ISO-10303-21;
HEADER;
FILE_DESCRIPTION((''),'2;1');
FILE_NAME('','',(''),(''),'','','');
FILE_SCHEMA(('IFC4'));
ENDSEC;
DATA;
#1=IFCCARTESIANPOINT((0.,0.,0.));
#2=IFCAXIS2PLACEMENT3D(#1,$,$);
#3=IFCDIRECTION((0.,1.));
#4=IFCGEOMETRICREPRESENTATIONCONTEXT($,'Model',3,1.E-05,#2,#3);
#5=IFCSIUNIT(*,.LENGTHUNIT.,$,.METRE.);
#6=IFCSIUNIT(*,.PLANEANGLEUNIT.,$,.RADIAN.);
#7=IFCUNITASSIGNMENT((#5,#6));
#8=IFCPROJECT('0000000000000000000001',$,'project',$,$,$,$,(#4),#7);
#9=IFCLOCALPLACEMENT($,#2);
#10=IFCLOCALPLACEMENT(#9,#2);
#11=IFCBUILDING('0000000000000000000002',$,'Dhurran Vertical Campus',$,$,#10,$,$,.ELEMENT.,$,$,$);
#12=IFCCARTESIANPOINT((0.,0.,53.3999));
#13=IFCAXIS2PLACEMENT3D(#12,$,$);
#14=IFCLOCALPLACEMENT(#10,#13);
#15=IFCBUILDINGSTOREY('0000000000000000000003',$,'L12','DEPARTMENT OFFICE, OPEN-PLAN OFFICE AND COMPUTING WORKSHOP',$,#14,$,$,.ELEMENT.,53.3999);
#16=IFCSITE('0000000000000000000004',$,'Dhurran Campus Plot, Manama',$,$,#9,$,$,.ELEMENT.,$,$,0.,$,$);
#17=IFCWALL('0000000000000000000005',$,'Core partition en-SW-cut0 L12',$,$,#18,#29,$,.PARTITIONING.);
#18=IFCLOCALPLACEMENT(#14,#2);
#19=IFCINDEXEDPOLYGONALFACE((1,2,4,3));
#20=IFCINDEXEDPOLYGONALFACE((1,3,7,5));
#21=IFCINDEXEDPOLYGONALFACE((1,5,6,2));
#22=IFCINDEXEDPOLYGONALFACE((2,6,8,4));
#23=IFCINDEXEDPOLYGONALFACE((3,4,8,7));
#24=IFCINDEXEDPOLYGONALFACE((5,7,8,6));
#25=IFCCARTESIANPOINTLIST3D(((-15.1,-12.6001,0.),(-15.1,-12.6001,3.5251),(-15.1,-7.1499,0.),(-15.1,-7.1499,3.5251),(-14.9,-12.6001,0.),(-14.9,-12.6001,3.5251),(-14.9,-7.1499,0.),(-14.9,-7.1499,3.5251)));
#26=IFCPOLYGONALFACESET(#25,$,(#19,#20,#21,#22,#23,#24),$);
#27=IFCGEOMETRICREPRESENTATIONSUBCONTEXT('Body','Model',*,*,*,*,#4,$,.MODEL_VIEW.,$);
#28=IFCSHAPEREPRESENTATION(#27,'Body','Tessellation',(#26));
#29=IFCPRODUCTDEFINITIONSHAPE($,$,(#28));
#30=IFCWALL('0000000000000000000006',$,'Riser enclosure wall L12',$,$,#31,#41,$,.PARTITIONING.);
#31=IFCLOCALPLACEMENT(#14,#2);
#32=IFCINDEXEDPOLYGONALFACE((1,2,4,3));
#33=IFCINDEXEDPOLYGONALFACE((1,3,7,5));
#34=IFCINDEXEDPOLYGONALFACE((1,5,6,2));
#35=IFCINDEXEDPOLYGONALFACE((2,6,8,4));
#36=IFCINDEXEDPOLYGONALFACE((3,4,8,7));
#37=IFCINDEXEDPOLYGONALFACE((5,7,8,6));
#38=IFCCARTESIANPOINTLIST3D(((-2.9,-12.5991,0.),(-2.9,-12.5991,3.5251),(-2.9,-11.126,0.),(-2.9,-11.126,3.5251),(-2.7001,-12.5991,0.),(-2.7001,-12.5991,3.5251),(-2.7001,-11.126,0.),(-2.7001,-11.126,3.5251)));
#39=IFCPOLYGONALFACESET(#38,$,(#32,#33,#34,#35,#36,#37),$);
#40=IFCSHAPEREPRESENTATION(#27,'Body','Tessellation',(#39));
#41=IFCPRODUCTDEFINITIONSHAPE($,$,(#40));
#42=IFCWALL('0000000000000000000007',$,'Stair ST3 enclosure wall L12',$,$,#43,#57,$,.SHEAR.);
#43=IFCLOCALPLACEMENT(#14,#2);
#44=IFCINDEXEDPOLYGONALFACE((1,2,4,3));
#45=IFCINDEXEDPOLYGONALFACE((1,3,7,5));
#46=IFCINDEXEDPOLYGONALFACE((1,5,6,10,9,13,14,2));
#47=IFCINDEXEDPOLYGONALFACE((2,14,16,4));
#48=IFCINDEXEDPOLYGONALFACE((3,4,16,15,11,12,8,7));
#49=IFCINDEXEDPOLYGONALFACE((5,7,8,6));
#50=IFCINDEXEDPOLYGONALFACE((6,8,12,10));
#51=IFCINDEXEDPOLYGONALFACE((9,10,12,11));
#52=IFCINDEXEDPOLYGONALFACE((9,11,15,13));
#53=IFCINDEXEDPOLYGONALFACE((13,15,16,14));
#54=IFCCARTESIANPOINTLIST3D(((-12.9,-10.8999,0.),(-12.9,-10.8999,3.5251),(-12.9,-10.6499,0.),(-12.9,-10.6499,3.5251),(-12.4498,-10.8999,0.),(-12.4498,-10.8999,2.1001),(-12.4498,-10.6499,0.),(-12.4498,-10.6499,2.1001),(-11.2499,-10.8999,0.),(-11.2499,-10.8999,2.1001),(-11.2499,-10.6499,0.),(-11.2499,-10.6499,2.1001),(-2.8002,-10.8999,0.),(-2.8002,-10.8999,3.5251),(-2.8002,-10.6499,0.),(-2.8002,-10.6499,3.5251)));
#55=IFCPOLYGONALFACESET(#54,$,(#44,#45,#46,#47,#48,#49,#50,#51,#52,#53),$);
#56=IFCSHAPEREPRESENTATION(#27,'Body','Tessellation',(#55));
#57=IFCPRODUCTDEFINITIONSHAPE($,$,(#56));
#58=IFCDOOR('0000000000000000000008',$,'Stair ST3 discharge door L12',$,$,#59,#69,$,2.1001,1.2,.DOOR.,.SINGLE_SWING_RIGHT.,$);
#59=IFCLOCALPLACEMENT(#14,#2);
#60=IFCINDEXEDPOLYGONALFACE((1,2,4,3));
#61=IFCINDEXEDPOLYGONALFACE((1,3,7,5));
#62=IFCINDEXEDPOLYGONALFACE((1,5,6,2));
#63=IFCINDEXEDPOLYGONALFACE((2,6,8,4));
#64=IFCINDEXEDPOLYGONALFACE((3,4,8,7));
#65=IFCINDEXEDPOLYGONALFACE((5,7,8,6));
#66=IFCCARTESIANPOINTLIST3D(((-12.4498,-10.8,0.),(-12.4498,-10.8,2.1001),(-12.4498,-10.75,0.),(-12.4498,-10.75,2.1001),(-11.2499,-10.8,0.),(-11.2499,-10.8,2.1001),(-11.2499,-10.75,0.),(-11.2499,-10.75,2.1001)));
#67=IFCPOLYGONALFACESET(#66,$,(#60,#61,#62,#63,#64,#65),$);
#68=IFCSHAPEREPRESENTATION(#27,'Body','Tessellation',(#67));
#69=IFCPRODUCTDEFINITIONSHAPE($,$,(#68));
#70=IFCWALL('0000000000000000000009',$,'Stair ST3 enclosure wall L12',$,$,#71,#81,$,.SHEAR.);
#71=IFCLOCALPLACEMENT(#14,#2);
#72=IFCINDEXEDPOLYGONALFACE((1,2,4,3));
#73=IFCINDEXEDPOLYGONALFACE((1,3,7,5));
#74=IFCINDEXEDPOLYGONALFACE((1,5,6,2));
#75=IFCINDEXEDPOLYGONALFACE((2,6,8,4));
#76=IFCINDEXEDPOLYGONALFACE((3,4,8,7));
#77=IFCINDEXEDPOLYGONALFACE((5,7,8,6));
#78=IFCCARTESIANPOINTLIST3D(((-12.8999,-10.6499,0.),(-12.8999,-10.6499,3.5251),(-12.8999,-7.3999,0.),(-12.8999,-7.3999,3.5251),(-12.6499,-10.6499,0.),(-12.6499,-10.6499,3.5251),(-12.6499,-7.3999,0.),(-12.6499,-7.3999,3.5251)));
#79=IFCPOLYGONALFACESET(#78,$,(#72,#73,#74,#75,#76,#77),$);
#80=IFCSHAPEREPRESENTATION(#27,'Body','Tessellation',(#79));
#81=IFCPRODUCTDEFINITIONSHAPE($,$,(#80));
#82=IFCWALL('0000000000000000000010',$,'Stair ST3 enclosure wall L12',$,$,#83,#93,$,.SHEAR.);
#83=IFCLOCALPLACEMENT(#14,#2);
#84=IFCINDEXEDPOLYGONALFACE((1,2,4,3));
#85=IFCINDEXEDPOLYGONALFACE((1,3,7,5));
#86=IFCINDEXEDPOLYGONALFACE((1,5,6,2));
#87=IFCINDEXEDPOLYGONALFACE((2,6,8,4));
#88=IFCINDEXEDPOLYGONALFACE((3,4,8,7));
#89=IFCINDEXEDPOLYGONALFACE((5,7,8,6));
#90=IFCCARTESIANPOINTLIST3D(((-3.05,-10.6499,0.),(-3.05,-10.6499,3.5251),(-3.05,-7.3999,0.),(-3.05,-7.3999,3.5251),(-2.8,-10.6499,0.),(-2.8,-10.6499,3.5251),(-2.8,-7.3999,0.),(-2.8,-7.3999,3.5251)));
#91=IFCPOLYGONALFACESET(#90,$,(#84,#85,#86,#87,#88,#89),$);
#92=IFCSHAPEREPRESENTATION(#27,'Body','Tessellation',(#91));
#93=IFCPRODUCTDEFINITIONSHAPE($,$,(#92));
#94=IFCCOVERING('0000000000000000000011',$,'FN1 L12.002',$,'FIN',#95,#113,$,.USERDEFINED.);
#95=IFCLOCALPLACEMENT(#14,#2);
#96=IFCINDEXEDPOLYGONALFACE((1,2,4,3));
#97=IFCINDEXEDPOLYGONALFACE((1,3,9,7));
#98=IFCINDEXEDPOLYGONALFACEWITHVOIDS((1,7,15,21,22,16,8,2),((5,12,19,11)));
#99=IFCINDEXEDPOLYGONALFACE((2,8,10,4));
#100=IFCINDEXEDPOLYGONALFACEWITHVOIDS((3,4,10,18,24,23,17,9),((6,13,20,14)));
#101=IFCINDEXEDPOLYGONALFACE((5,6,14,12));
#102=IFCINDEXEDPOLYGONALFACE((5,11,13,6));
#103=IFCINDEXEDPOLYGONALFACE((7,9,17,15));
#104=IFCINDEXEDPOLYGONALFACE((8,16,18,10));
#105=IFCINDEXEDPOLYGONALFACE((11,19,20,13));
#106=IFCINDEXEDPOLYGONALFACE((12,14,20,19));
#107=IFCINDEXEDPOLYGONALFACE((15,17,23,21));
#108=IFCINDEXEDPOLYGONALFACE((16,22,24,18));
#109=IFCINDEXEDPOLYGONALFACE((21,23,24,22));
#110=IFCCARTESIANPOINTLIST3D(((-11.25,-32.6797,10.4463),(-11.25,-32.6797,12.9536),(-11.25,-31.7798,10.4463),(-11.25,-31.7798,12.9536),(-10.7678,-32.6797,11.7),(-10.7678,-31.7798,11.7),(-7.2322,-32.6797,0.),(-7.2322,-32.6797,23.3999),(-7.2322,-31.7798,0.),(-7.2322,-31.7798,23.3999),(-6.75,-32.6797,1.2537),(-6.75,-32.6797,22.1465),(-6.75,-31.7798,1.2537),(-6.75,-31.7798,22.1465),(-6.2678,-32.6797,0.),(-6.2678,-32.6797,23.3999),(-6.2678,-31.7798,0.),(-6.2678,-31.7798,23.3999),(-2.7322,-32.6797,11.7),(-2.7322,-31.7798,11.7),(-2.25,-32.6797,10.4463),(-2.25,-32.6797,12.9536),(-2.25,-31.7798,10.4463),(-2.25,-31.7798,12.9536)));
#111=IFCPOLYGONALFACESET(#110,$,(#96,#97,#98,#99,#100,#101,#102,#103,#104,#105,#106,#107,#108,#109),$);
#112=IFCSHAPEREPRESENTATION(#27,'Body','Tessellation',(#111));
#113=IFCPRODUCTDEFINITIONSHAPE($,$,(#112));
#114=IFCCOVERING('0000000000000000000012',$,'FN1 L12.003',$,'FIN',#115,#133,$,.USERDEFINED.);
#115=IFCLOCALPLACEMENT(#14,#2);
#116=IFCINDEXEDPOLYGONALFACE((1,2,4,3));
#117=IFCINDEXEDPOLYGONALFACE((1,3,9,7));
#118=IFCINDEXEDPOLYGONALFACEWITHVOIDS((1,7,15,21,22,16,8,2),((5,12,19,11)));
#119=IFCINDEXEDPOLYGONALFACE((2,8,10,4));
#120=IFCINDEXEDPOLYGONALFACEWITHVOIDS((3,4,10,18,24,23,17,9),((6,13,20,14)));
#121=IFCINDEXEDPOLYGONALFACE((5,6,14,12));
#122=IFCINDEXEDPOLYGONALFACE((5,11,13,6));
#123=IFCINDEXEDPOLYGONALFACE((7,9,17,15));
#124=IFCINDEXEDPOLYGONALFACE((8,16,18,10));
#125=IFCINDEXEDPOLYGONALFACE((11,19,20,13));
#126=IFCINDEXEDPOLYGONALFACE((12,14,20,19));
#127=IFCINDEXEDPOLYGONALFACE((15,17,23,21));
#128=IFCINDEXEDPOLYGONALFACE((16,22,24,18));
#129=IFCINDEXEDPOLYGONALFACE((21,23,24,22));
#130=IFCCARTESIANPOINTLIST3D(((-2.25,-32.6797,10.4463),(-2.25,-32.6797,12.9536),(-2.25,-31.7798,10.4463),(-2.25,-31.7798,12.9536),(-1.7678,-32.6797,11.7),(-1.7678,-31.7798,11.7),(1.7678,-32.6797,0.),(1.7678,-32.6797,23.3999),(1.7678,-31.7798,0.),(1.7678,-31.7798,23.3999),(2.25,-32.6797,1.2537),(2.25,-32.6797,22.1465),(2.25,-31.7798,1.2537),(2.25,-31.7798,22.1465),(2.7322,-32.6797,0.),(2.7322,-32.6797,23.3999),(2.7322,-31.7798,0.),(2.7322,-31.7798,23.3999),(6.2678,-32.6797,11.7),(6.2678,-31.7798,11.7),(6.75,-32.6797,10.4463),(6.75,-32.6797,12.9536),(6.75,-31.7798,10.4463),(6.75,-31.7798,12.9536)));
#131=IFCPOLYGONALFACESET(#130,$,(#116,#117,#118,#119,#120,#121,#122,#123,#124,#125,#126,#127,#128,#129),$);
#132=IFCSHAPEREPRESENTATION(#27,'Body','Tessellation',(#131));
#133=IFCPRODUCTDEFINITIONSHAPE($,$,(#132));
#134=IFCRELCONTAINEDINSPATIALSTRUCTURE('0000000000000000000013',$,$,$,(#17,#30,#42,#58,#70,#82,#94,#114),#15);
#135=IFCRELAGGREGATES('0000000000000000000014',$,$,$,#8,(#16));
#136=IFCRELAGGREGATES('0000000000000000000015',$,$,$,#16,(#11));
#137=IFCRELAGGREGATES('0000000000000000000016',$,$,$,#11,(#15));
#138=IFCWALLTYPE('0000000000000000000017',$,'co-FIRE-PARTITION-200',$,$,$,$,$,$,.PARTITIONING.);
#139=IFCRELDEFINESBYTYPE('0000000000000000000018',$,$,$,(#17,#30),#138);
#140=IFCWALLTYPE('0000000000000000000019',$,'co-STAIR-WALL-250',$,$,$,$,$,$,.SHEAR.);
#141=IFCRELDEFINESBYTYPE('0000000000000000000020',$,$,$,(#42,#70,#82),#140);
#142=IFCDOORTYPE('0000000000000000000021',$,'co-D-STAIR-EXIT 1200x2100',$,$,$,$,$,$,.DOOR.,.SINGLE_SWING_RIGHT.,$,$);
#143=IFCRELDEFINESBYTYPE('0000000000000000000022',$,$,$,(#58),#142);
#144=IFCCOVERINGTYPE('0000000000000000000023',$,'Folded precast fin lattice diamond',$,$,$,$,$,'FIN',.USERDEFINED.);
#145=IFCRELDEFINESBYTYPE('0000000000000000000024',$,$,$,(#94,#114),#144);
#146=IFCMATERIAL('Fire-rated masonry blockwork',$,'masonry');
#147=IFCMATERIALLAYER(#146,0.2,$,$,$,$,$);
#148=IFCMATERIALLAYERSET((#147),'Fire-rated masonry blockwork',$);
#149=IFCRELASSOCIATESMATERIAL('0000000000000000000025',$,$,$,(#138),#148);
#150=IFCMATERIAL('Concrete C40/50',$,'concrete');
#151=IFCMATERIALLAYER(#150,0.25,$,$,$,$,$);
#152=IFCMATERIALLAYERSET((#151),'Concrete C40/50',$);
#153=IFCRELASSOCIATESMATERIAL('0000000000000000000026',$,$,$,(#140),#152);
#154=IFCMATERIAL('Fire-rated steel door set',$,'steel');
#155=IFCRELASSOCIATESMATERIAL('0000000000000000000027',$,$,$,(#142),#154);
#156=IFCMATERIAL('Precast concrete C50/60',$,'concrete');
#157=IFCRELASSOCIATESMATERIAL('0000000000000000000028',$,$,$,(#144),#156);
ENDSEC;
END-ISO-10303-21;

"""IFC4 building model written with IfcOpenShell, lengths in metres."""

from ifc_helpers import new_model, si_unit, direction, frame, frame_2d, origin, place, context, subcontext, project, spatial, polyline, rectangle, outline, extrude, material, layer, layer_set, type_object, element, fill, save


model = new_model("IFC4")

# Units and contexts
model_context = context("Model", 3, precision=1e-05, world=origin(), true_north=direction((0.0, 1.0)))
body_context = subcontext(model_context, "Body", "Model", "MODEL_VIEW")
ifc_project = project(units=[si_unit("LENGTHUNIT", "METRE"), si_unit("PLANEANGLEUNIT", "RADIAN")], contexts=[model_context])

# Site, building, storey
site_placement = place(None, origin())
site = spatial("IfcSite", under=ifc_project, at=site_placement, Name="Dhurran Campus Plot, Manama", CompositionType="ELEMENT", RefElevation=0.0)
building_placement = place(site_placement, origin())
building = spatial("IfcBuilding", under=site, at=building_placement, Name="Dhurran Vertical Campus", CompositionType="ELEMENT")
storey_placement = place(building_placement, frame((0.0, 0.0, 53.3999)))
storey = spatial("IfcBuildingStorey", under=building, at=storey_placement, Name="L12", Description="DEPARTMENT OFFICE, OPEN-PLAN OFFICE AND COMPUTING WORKSHOP", CompositionType="ELEMENT", Elevation=53.3999)

# Shared definitions
ifc_material_1 = material(Name="Fire-rated masonry blockwork", Category="masonry")
ifc_layer_1 = layer(ifc_material_1, 0.2)
ifc_layer_set_1 = layer_set([ifc_layer_1], Name="Fire-rated masonry blockwork")
wall_type_1 = type_object("IfcWallType", Name="co-FIRE-PARTITION-200", PredefinedType="PARTITIONING", material=ifc_layer_set_1)

# Walls
wall_1_placement = place(storey_placement, frame((-15.0, -12.6001, 0.0), z_axis=(0.0, 0.0, 1.0), x_axis=(0.0, 1.0, 0.0)))
element("IfcWall", 1, at=wall_1_placement, inside=storey, type_object=wall_type_1, Name="Core partition en-SW-cut0 L12", PredefinedType="PARTITIONING", context=body_context, shape_type="SweptSolid", body=[
    extrude(rectangle(XDim=5.4502, YDim=0.2, at=frame_2d((2.7251, 0.0))), origin(), (0.0, 0.0, 1.0), 3.5251),
])
wall_2_placement = place(storey_placement, frame((-2.8, -12.5991, 0.0), z_axis=(0.0, 0.0, 1.0), x_axis=(0.0, 1.0, 0.0)))
element("IfcWall", 2, at=wall_2_placement, inside=storey, type_object=wall_type_1, Name="Riser enclosure wall L12", PredefinedType="PARTITIONING", context=body_context, shape_type="SweptSolid", body=[
    extrude(rectangle(XDim=1.4731, YDim=0.2, at=frame_2d((0.7366, 0.0))), origin(), (0.0, 0.0, 1.0), 3.5251),
])

# Wall, opening, door
ifc_material_2 = material(Name="Concrete C40/50", Category="concrete")
ifc_layer_2 = layer(ifc_material_2, 0.25)
ifc_layer_set_2 = layer_set([ifc_layer_2], Name="Concrete C40/50")
wall_type_2 = type_object("IfcWallType", Name="co-STAIR-WALL-250", PredefinedType="SHEAR", material=ifc_layer_set_2)
wall_3_placement = place(storey_placement, frame((-12.8999, -10.7749, 0.0), z_axis=(0.0, 0.0, 1.0), x_axis=(1.0, 0.0, 0.0)))
wall_3 = element("IfcWall", 3, at=wall_3_placement, inside=storey, type_object=wall_type_2, Name="Stair ST3 enclosure wall L12", PredefinedType="SHEAR", context=body_context, shape_type="SweptSolid", body=[
    extrude(rectangle(XDim=10.0999, YDim=0.25, at=frame_2d((5.0498, 0.0))), origin(), (0.0, 0.0, 1.0), 3.5251),
])
opening_1_placement = place(wall_3_placement, frame((0.45, 0.0, 0.0)))
opening_1 = element("IfcOpeningElement", 4, at=opening_1_placement, cuts=wall_3, PredefinedType="OPENING", context=body_context, shape_type="SweptSolid", body=[
    extrude(rectangle(XDim=1.2, YDim=2.1001, at=frame_2d((0.6001, 1.05))), frame((0.0, 0.135, 0.0), z_axis=(0.0, -1.0, 0.0), x_axis=(1.0, 0.0, 0.0)), (0.0, 0.0, 1.0), 0.27),
])
ifc_material_3 = material(Name="Fire-rated steel door set", Category="steel")
door_type_1 = type_object("IfcDoorType", Name="co-D-STAIR-EXIT 1200x2100", OperationType="SINGLE_SWING_RIGHT", PredefinedType="DOOR", material=ifc_material_3)
door_1_placement = place(opening_1_placement, origin())
door_1 = element("IfcDoor", 5, at=door_1_placement, inside=storey, type_object=door_type_1, Name="Stair ST3 discharge door L12", OperationType="SINGLE_SWING_RIGHT", OverallHeight=2.1001, OverallWidth=1.2, PredefinedType="DOOR", context=body_context, shape_type="SweptSolid", body=[
    extrude(rectangle(XDim=1.2, YDim=2.1001, at=frame_2d((0.6001, 1.05))), frame((0.0, 0.0249, 0.0), z_axis=(0.0, -1.0, 0.0), x_axis=(1.0, 0.0, 0.0)), (0.0, 0.0, 1.0), 0.05),
])
fill(opening_1, door_1)

# Walls
for number, where, z_axis, x_axis, name in (
    (6, (-12.7749, -10.6499, 0.0), (0.0, 0.0, 1.0), (0.0, 1.0, 0.0), "Stair ST3 enclosure wall L12"),
    (7, (-2.925, -10.6499, 0.0), (0.0, 0.0, 1.0), (0.0, 1.0, 0.0), "Stair ST3 enclosure wall L12"),
):
    element("IfcWall", number, at=place(storey_placement, frame(where, z_axis=z_axis, x_axis=x_axis)), inside=storey, type_object=wall_type_2, Name=name, PredefinedType="SHEAR", context=body_context, shape_type="SweptSolid", body=[
        extrude(rectangle(XDim=3.25, YDim=0.25, at=frame_2d((1.625, 0.0))), origin(), (0.0, 0.0, 1.0), 3.5251),
    ])

# Coverings
ifc_material_4 = material(Name="Precast concrete C50/60", Category="concrete")
covering_type = type_object("IfcCoveringType", Name="Folded precast fin lattice diamond", ElementType="FIN", PredefinedType="USERDEFINED", material=ifc_material_4)
for number, where, z_axis, x_axis, name in (
    (8, (-11.25, -31.7798, 0.0), (0.0, -1.0, 0.0), (1.0, 0.0, 0.0), "FN1 L12.002"),
    (9, (-2.25, -31.7798, 0.0), (0.0, -1.0, 0.0), (1.0, 0.0, 0.0), "FN1 L12.003"),
):
    element("IfcCovering", number, at=place(storey_placement, frame(where, z_axis=z_axis, x_axis=x_axis)), inside=storey, type_object=covering_type, Name=name, ObjectType="FIN", PredefinedType="USERDEFINED", context=body_context, shape_type="SweptSolid", body=[
        extrude(outline(polyline([(9.0, 12.9536), (9.0, 10.4463), (4.9822, 0.0), (4.0178, 0.0), (0.0, 10.4463), (0.0, 12.9536), (4.0178, 23.3999), (4.9822, 23.3999), (9.0, 12.9536)]), holes=[polyline([(8.5178, 11.7), (4.5, 22.1465), (0.4822, 11.7), (4.5, 1.2537), (8.5178, 11.7)])]), origin(), (0.0, 0.0, 1.0), 0.8999),
    ])

save(model, "model.ifc")
